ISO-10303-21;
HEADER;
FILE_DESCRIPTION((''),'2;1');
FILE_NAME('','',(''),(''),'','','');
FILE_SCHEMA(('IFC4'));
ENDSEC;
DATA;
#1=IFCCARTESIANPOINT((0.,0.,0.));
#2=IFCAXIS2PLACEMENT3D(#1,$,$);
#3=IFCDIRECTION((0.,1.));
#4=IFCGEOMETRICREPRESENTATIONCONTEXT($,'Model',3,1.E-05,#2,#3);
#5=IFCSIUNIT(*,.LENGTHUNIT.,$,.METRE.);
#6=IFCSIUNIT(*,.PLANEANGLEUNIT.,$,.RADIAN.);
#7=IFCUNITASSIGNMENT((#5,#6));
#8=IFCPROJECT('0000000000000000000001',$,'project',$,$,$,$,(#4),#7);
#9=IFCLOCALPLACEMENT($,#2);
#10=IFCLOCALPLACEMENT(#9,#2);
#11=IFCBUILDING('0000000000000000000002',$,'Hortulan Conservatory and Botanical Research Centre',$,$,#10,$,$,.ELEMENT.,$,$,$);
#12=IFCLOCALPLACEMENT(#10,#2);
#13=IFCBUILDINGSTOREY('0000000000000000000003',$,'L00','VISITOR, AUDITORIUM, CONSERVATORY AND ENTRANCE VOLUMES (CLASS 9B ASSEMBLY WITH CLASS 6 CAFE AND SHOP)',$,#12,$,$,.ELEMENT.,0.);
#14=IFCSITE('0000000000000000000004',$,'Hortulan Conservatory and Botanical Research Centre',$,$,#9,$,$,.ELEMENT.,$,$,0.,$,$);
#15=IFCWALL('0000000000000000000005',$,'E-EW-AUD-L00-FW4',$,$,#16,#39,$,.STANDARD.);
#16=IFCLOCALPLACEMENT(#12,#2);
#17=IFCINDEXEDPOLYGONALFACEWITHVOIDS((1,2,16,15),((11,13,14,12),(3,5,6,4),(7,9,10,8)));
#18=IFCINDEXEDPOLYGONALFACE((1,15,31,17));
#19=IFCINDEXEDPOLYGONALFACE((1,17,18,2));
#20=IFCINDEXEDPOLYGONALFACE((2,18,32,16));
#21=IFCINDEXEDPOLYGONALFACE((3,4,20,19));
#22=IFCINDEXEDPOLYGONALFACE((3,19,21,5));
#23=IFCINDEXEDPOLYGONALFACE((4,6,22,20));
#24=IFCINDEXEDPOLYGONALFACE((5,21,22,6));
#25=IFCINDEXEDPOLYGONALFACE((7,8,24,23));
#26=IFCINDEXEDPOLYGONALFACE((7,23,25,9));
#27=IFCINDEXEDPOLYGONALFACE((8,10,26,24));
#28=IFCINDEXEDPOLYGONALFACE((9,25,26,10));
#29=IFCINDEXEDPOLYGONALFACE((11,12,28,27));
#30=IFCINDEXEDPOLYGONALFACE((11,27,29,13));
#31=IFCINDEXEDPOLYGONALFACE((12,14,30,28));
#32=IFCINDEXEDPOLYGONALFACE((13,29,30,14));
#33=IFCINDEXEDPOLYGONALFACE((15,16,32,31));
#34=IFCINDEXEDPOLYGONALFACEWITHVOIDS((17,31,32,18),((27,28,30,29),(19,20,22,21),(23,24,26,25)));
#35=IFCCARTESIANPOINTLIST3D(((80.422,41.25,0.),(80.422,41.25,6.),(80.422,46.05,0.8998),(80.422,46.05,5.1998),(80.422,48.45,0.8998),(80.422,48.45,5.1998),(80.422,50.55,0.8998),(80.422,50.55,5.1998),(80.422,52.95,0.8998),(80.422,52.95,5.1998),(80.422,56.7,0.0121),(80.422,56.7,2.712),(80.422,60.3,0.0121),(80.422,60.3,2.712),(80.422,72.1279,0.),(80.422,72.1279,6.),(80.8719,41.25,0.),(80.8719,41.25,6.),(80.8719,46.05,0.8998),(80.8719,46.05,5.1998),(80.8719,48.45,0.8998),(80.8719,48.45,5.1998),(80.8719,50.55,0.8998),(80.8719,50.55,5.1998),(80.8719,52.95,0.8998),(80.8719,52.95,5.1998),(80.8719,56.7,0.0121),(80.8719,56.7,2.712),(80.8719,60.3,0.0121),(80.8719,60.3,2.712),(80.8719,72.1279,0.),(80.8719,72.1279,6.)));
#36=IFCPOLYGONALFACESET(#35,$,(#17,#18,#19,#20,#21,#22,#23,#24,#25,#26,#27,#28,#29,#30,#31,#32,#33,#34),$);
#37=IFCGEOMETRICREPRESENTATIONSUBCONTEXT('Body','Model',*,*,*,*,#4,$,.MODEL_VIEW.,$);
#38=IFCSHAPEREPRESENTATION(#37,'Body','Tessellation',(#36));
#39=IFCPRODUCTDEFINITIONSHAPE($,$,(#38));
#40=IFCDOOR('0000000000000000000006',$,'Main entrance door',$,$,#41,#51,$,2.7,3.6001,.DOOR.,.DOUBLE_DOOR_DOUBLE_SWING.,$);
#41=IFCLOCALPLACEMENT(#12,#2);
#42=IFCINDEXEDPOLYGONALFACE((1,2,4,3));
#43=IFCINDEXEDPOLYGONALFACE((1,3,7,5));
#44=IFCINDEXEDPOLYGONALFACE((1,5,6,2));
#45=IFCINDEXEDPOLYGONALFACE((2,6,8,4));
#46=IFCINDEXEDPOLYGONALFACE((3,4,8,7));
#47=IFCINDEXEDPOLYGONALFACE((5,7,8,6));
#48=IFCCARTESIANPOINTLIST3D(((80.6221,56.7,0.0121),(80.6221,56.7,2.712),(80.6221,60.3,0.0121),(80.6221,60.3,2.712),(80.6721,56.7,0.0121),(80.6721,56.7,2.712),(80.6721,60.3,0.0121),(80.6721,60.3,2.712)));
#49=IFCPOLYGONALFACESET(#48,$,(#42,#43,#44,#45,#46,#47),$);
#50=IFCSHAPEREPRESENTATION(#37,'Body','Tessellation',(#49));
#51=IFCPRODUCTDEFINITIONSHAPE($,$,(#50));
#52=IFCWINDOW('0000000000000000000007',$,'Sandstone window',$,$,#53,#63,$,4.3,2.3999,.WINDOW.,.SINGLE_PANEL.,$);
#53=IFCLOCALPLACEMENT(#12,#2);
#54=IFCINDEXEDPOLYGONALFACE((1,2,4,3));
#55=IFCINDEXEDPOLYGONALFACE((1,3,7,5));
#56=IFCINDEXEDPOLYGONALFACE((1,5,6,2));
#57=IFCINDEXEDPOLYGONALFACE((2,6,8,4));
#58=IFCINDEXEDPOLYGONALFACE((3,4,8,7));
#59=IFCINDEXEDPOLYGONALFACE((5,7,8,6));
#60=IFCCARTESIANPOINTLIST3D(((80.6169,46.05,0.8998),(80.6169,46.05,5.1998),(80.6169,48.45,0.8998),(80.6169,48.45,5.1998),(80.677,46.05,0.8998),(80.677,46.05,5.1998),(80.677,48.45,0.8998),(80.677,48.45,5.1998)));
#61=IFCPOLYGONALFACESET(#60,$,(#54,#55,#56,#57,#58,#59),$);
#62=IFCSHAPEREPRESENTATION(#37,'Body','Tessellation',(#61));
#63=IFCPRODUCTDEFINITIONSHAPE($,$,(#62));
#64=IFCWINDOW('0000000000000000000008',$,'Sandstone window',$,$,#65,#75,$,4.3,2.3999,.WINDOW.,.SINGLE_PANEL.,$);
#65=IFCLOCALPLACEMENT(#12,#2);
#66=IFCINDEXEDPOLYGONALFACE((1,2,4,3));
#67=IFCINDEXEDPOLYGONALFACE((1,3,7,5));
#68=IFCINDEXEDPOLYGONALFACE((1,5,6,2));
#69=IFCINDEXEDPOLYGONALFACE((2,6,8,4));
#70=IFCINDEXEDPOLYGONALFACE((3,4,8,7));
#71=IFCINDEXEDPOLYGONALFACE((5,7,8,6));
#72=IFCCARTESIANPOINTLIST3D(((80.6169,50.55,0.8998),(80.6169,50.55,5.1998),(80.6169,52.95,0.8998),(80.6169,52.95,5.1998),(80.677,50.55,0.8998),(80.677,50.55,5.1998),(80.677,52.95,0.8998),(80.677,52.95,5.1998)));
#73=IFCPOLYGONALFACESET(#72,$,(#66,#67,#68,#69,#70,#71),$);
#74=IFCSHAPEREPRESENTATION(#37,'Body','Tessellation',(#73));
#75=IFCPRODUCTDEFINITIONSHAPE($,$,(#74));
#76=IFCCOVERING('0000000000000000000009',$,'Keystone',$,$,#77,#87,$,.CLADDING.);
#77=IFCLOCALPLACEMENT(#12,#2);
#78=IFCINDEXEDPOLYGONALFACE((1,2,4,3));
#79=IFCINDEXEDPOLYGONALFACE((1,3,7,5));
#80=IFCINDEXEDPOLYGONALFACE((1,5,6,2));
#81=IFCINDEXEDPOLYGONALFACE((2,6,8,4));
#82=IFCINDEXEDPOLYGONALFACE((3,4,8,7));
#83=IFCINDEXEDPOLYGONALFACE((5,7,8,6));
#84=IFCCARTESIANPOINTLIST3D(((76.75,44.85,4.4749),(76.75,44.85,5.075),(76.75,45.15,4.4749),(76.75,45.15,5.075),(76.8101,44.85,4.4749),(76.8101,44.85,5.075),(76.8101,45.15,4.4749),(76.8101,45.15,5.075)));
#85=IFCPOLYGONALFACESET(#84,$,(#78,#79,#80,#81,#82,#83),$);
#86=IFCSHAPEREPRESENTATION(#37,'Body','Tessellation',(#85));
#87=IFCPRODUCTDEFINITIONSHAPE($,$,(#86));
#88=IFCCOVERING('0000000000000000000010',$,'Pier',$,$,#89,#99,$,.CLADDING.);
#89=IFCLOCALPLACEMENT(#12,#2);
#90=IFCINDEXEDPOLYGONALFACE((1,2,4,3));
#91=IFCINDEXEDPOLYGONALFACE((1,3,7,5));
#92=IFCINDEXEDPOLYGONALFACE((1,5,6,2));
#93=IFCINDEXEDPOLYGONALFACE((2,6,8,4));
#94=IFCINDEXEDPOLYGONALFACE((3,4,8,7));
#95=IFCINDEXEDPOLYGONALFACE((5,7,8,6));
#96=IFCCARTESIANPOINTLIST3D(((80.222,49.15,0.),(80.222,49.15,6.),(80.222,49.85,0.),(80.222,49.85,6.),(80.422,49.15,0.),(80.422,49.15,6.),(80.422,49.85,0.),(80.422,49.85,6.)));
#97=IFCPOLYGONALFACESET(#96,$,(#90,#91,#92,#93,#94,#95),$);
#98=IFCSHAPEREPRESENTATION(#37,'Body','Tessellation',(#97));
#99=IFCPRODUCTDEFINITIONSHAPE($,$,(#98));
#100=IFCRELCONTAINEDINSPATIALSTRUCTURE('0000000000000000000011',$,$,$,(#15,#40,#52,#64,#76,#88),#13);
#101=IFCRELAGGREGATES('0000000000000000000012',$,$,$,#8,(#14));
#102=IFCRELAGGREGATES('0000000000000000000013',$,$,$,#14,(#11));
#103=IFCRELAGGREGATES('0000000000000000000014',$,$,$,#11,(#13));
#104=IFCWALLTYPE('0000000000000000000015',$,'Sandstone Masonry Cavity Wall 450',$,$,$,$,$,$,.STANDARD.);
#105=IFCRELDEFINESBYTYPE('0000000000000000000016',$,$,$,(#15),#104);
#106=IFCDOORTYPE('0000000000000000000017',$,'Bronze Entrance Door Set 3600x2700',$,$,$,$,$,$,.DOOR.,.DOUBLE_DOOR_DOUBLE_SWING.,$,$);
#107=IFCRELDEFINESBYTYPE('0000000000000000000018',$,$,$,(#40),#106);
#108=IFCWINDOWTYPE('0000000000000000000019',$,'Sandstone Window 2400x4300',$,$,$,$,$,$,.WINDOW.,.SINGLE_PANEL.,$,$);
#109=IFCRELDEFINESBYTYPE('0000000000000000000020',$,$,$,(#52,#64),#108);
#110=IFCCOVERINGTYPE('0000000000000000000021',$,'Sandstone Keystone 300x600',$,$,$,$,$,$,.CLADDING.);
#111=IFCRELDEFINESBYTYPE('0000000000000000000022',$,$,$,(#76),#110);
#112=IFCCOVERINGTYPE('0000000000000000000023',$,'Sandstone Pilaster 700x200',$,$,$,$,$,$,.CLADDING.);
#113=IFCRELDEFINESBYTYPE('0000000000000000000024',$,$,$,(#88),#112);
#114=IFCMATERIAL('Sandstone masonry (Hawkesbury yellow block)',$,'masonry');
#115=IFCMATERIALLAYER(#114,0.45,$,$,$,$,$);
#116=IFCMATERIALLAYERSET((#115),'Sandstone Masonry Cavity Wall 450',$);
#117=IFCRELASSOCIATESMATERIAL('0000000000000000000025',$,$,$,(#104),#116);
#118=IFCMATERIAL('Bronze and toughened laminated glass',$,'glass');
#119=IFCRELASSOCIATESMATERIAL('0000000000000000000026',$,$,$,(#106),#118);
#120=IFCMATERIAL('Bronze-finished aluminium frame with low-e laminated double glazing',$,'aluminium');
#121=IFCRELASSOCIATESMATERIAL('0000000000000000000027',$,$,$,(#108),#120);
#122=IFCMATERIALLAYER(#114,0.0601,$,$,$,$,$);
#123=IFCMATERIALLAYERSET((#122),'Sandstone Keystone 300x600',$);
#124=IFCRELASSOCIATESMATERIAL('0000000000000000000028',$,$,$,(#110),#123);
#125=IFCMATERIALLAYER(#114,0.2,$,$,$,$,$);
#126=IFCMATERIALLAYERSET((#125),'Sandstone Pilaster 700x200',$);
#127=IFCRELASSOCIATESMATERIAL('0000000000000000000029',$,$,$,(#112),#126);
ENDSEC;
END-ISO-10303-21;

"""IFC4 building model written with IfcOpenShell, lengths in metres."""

from ifc_helpers import new_model, si_unit, direction, frame, frame_2d, origin, origin_2d, place, context, subcontext, project, spatial, rectangle, extrude, material, layer, layer_set, type_object, element, fill, save


model = new_model("IFC4")

# Units and contexts
model_context = context("Model", 3, precision=1e-05, world=origin(), true_north=direction((0.0, 1.0)))
body_context = subcontext(model_context, "Body", "Model", "MODEL_VIEW")
ifc_project = project(units=[si_unit("LENGTHUNIT", "METRE"), si_unit("PLANEANGLEUNIT", "RADIAN")], contexts=[model_context])

# Site, building, storey
site_placement = place(None, origin())
site = spatial("IfcSite", under=ifc_project, at=site_placement, Name="Hortulan Conservatory and Botanical Research Centre", CompositionType="ELEMENT", RefElevation=0.0)
building_placement = place(site_placement, origin())
building = spatial("IfcBuilding", under=site, at=building_placement, Name="Hortulan Conservatory and Botanical Research Centre", CompositionType="ELEMENT")
storey_placement = place(building_placement, origin())
storey = spatial("IfcBuildingStorey", under=building, at=storey_placement, Name="L00", Description="VISITOR, AUDITORIUM, CONSERVATORY AND ENTRANCE VOLUMES (CLASS 9B ASSEMBLY WITH CLASS 6 CAFE AND SHOP)", CompositionType="ELEMENT", Elevation=0.0)

# Shared definitions
ifc_material_1 = material(Name="Sandstone masonry (Hawkesbury yellow block)", Category="masonry")

# Wall, openings, door, windows
ifc_layer_1 = layer(ifc_material_1, 0.45)
ifc_layer_set_1 = layer_set([ifc_layer_1], Name="Sandstone Masonry Cavity Wall 450")
wall_type_1 = type_object("IfcWallType", Name="Sandstone Masonry Cavity Wall 450", PredefinedType="STANDARD", material=ifc_layer_set_1)
wall_1_placement = place(storey_placement, frame((80.647, 41.25, 0.0), z_axis=(0.0, 0.0, 1.0), x_axis=(0.0, 1.0, 0.0)))
wall_1 = element("IfcWall", 1, at=wall_1_placement, inside=storey, type_object=wall_type_1, Name="E-EW-AUD-L00-FW4", PredefinedType="STANDARD", context=body_context, shape_type="SweptSolid", body=[
    extrude(rectangle(XDim=30.8779, YDim=0.45, at=frame_2d((15.439, 0.0))), origin(), (0.0, 0.0, 1.0), 6.0),
])
opening_1_placement = place(wall_1_placement, frame((15.45, 0.0, 0.012)))
opening_1 = element("IfcOpeningElement", 2, at=opening_1_placement, cuts=wall_1, PredefinedType="OPENING", context=body_context, shape_type="SweptSolid", body=[
    extrude(rectangle(XDim=3.6001, YDim=2.7, at=frame_2d((1.8, 1.3501))), frame((0.0, 0.2349, 0.0), z_axis=(0.0, -1.0, 0.0), x_axis=(1.0, 0.0, 0.0)), (0.0, 0.0, 1.0), 0.47),
])
opening_2_placement = place(wall_1_placement, frame((4.8, 0.0, 0.8999)))
opening_2 = element("IfcOpeningElement", 3, at=opening_2_placement, cuts=wall_1, PredefinedType="OPENING", context=body_context, shape_type="SweptSolid", body=[
    extrude(rectangle(XDim=2.3999, YDim=4.3, at=frame_2d((1.2, 2.1499))), frame((0.0, 0.2349, 0.0), z_axis=(0.0, -1.0, 0.0), x_axis=(1.0, 0.0, 0.0)), (0.0, 0.0, 1.0), 0.47),
])
opening_3_placement = place(wall_1_placement, frame((9.3, 0.0, 0.8999)))
opening_3 = element("IfcOpeningElement", 4, at=opening_3_placement, cuts=wall_1, PredefinedType="OPENING", context=body_context, shape_type="SweptSolid", body=[
    extrude(rectangle(XDim=2.3999, YDim=4.3, at=frame_2d((1.2, 2.1499))), frame((0.0, 0.2349, 0.0), z_axis=(0.0, -1.0, 0.0), x_axis=(1.0, 0.0, 0.0)), (0.0, 0.0, 1.0), 0.47),
])
ifc_material_2 = material(Name="Bronze and toughened laminated glass", Category="glass")
door_type_1 = type_object("IfcDoorType", Name="Bronze Entrance Door Set 3600x2700", OperationType="DOUBLE_DOOR_DOUBLE_SWING", PredefinedType="DOOR", material=ifc_material_2)
door_1_placement = place(opening_1_placement, origin())
door_1 = element("IfcDoor", 5, at=door_1_placement, inside=storey, type_object=door_type_1, Name="Main entrance door", OperationType="DOUBLE_DOOR_DOUBLE_SWING", OverallHeight=2.7, OverallWidth=3.6001, PredefinedType="DOOR", context=body_context, shape_type="SweptSolid", body=[
    extrude(rectangle(XDim=3.6001, YDim=2.7, at=frame_2d((1.8, 1.3501))), frame((0.0, 0.0249, 0.0), z_axis=(0.0, -1.0, 0.0), x_axis=(1.0, 0.0, 0.0)), (0.0, 0.0, 1.0), 0.05),
])
fill(opening_1, door_1)
ifc_material_3 = material(Name="Bronze-finished aluminium frame with low-e laminated double glazing", Category="aluminium")
window_type = type_object("IfcWindowType", Name="Sandstone Window 2400x4300", PartitioningType="SINGLE_PANEL", PredefinedType="WINDOW", material=ifc_material_3)
window_1_placement = place(opening_2_placement, origin())
window_1 = element("IfcWindow", 6, at=window_1_placement, inside=storey, type_object=window_type, Name="Sandstone window", OverallHeight=4.3, OverallWidth=2.3999, PartitioningType="SINGLE_PANEL", PredefinedType="WINDOW", context=body_context, shape_type="SweptSolid", body=[
    extrude(rectangle(XDim=2.3999, YDim=4.3, at=frame_2d((1.2, 2.1499))), frame((0.0, 0.03, 0.0), z_axis=(0.0, -1.0, 0.0), x_axis=(1.0, 0.0, 0.0)), (0.0, 0.0, 1.0), 0.0601),
])
fill(opening_2, window_1)
window_2_placement = place(opening_3_placement, origin())
window_2 = element("IfcWindow", 7, at=window_2_placement, inside=storey, type_object=window_type, Name="Sandstone window", OverallHeight=4.3, OverallWidth=2.3999, PartitioningType="SINGLE_PANEL", PredefinedType="WINDOW", context=body_context, shape_type="SweptSolid", body=[
    extrude(rectangle(XDim=2.3999, YDim=4.3, at=frame_2d((1.2, 2.1499))), frame((0.0, 0.03, 0.0), z_axis=(0.0, -1.0, 0.0), x_axis=(1.0, 0.0, 0.0)), (0.0, 0.0, 1.0), 0.0601),
])
fill(opening_3, window_2)

# Coverings
ifc_layer_2 = layer(ifc_material_1, 0.0601)
ifc_layer_set_2 = layer_set([ifc_layer_2], Name="Sandstone Keystone 300x600")
covering_type_1 = type_object("IfcCoveringType", Name="Sandstone Keystone 300x600", PredefinedType="CLADDING", material=ifc_layer_set_2)
covering_1_placement = place(storey_placement, frame((76.78, 45.0, 4.4749), z_axis=(0.0, 0.0, 1.0), x_axis=(0.0, 1.0, 0.0)))
element("IfcCovering", 8, at=covering_1_placement, inside=storey, type_object=covering_type_1, Name="Keystone", PredefinedType="CLADDING", context=body_context, shape_type="SweptSolid", body=[
    extrude(rectangle(XDim=0.3, YDim=0.0601, at=origin_2d()), origin(), (0.0, 0.0, 1.0), 0.6001),
])
ifc_layer_3 = layer(ifc_material_1, 0.2)
ifc_layer_set_3 = layer_set([ifc_layer_3], Name="Sandstone Pilaster 700x200")
covering_type_2 = type_object("IfcCoveringType", Name="Sandstone Pilaster 700x200", PredefinedType="CLADDING", material=ifc_layer_set_3)
covering_2_placement = place(storey_placement, frame((80.322, 49.5, 0.0), z_axis=(0.0, 0.0, 1.0), x_axis=(0.0, 1.0, 0.0)))
element("IfcCovering", 9, at=covering_2_placement, inside=storey, type_object=covering_type_2, Name="Pier", PredefinedType="CLADDING", context=body_context, shape_type="SweptSolid", body=[
    extrude(rectangle(XDim=0.7, YDim=0.2, at=origin_2d()), origin(), (0.0, 0.0, 1.0), 6.0),
])

save(model, "model.ifc")
